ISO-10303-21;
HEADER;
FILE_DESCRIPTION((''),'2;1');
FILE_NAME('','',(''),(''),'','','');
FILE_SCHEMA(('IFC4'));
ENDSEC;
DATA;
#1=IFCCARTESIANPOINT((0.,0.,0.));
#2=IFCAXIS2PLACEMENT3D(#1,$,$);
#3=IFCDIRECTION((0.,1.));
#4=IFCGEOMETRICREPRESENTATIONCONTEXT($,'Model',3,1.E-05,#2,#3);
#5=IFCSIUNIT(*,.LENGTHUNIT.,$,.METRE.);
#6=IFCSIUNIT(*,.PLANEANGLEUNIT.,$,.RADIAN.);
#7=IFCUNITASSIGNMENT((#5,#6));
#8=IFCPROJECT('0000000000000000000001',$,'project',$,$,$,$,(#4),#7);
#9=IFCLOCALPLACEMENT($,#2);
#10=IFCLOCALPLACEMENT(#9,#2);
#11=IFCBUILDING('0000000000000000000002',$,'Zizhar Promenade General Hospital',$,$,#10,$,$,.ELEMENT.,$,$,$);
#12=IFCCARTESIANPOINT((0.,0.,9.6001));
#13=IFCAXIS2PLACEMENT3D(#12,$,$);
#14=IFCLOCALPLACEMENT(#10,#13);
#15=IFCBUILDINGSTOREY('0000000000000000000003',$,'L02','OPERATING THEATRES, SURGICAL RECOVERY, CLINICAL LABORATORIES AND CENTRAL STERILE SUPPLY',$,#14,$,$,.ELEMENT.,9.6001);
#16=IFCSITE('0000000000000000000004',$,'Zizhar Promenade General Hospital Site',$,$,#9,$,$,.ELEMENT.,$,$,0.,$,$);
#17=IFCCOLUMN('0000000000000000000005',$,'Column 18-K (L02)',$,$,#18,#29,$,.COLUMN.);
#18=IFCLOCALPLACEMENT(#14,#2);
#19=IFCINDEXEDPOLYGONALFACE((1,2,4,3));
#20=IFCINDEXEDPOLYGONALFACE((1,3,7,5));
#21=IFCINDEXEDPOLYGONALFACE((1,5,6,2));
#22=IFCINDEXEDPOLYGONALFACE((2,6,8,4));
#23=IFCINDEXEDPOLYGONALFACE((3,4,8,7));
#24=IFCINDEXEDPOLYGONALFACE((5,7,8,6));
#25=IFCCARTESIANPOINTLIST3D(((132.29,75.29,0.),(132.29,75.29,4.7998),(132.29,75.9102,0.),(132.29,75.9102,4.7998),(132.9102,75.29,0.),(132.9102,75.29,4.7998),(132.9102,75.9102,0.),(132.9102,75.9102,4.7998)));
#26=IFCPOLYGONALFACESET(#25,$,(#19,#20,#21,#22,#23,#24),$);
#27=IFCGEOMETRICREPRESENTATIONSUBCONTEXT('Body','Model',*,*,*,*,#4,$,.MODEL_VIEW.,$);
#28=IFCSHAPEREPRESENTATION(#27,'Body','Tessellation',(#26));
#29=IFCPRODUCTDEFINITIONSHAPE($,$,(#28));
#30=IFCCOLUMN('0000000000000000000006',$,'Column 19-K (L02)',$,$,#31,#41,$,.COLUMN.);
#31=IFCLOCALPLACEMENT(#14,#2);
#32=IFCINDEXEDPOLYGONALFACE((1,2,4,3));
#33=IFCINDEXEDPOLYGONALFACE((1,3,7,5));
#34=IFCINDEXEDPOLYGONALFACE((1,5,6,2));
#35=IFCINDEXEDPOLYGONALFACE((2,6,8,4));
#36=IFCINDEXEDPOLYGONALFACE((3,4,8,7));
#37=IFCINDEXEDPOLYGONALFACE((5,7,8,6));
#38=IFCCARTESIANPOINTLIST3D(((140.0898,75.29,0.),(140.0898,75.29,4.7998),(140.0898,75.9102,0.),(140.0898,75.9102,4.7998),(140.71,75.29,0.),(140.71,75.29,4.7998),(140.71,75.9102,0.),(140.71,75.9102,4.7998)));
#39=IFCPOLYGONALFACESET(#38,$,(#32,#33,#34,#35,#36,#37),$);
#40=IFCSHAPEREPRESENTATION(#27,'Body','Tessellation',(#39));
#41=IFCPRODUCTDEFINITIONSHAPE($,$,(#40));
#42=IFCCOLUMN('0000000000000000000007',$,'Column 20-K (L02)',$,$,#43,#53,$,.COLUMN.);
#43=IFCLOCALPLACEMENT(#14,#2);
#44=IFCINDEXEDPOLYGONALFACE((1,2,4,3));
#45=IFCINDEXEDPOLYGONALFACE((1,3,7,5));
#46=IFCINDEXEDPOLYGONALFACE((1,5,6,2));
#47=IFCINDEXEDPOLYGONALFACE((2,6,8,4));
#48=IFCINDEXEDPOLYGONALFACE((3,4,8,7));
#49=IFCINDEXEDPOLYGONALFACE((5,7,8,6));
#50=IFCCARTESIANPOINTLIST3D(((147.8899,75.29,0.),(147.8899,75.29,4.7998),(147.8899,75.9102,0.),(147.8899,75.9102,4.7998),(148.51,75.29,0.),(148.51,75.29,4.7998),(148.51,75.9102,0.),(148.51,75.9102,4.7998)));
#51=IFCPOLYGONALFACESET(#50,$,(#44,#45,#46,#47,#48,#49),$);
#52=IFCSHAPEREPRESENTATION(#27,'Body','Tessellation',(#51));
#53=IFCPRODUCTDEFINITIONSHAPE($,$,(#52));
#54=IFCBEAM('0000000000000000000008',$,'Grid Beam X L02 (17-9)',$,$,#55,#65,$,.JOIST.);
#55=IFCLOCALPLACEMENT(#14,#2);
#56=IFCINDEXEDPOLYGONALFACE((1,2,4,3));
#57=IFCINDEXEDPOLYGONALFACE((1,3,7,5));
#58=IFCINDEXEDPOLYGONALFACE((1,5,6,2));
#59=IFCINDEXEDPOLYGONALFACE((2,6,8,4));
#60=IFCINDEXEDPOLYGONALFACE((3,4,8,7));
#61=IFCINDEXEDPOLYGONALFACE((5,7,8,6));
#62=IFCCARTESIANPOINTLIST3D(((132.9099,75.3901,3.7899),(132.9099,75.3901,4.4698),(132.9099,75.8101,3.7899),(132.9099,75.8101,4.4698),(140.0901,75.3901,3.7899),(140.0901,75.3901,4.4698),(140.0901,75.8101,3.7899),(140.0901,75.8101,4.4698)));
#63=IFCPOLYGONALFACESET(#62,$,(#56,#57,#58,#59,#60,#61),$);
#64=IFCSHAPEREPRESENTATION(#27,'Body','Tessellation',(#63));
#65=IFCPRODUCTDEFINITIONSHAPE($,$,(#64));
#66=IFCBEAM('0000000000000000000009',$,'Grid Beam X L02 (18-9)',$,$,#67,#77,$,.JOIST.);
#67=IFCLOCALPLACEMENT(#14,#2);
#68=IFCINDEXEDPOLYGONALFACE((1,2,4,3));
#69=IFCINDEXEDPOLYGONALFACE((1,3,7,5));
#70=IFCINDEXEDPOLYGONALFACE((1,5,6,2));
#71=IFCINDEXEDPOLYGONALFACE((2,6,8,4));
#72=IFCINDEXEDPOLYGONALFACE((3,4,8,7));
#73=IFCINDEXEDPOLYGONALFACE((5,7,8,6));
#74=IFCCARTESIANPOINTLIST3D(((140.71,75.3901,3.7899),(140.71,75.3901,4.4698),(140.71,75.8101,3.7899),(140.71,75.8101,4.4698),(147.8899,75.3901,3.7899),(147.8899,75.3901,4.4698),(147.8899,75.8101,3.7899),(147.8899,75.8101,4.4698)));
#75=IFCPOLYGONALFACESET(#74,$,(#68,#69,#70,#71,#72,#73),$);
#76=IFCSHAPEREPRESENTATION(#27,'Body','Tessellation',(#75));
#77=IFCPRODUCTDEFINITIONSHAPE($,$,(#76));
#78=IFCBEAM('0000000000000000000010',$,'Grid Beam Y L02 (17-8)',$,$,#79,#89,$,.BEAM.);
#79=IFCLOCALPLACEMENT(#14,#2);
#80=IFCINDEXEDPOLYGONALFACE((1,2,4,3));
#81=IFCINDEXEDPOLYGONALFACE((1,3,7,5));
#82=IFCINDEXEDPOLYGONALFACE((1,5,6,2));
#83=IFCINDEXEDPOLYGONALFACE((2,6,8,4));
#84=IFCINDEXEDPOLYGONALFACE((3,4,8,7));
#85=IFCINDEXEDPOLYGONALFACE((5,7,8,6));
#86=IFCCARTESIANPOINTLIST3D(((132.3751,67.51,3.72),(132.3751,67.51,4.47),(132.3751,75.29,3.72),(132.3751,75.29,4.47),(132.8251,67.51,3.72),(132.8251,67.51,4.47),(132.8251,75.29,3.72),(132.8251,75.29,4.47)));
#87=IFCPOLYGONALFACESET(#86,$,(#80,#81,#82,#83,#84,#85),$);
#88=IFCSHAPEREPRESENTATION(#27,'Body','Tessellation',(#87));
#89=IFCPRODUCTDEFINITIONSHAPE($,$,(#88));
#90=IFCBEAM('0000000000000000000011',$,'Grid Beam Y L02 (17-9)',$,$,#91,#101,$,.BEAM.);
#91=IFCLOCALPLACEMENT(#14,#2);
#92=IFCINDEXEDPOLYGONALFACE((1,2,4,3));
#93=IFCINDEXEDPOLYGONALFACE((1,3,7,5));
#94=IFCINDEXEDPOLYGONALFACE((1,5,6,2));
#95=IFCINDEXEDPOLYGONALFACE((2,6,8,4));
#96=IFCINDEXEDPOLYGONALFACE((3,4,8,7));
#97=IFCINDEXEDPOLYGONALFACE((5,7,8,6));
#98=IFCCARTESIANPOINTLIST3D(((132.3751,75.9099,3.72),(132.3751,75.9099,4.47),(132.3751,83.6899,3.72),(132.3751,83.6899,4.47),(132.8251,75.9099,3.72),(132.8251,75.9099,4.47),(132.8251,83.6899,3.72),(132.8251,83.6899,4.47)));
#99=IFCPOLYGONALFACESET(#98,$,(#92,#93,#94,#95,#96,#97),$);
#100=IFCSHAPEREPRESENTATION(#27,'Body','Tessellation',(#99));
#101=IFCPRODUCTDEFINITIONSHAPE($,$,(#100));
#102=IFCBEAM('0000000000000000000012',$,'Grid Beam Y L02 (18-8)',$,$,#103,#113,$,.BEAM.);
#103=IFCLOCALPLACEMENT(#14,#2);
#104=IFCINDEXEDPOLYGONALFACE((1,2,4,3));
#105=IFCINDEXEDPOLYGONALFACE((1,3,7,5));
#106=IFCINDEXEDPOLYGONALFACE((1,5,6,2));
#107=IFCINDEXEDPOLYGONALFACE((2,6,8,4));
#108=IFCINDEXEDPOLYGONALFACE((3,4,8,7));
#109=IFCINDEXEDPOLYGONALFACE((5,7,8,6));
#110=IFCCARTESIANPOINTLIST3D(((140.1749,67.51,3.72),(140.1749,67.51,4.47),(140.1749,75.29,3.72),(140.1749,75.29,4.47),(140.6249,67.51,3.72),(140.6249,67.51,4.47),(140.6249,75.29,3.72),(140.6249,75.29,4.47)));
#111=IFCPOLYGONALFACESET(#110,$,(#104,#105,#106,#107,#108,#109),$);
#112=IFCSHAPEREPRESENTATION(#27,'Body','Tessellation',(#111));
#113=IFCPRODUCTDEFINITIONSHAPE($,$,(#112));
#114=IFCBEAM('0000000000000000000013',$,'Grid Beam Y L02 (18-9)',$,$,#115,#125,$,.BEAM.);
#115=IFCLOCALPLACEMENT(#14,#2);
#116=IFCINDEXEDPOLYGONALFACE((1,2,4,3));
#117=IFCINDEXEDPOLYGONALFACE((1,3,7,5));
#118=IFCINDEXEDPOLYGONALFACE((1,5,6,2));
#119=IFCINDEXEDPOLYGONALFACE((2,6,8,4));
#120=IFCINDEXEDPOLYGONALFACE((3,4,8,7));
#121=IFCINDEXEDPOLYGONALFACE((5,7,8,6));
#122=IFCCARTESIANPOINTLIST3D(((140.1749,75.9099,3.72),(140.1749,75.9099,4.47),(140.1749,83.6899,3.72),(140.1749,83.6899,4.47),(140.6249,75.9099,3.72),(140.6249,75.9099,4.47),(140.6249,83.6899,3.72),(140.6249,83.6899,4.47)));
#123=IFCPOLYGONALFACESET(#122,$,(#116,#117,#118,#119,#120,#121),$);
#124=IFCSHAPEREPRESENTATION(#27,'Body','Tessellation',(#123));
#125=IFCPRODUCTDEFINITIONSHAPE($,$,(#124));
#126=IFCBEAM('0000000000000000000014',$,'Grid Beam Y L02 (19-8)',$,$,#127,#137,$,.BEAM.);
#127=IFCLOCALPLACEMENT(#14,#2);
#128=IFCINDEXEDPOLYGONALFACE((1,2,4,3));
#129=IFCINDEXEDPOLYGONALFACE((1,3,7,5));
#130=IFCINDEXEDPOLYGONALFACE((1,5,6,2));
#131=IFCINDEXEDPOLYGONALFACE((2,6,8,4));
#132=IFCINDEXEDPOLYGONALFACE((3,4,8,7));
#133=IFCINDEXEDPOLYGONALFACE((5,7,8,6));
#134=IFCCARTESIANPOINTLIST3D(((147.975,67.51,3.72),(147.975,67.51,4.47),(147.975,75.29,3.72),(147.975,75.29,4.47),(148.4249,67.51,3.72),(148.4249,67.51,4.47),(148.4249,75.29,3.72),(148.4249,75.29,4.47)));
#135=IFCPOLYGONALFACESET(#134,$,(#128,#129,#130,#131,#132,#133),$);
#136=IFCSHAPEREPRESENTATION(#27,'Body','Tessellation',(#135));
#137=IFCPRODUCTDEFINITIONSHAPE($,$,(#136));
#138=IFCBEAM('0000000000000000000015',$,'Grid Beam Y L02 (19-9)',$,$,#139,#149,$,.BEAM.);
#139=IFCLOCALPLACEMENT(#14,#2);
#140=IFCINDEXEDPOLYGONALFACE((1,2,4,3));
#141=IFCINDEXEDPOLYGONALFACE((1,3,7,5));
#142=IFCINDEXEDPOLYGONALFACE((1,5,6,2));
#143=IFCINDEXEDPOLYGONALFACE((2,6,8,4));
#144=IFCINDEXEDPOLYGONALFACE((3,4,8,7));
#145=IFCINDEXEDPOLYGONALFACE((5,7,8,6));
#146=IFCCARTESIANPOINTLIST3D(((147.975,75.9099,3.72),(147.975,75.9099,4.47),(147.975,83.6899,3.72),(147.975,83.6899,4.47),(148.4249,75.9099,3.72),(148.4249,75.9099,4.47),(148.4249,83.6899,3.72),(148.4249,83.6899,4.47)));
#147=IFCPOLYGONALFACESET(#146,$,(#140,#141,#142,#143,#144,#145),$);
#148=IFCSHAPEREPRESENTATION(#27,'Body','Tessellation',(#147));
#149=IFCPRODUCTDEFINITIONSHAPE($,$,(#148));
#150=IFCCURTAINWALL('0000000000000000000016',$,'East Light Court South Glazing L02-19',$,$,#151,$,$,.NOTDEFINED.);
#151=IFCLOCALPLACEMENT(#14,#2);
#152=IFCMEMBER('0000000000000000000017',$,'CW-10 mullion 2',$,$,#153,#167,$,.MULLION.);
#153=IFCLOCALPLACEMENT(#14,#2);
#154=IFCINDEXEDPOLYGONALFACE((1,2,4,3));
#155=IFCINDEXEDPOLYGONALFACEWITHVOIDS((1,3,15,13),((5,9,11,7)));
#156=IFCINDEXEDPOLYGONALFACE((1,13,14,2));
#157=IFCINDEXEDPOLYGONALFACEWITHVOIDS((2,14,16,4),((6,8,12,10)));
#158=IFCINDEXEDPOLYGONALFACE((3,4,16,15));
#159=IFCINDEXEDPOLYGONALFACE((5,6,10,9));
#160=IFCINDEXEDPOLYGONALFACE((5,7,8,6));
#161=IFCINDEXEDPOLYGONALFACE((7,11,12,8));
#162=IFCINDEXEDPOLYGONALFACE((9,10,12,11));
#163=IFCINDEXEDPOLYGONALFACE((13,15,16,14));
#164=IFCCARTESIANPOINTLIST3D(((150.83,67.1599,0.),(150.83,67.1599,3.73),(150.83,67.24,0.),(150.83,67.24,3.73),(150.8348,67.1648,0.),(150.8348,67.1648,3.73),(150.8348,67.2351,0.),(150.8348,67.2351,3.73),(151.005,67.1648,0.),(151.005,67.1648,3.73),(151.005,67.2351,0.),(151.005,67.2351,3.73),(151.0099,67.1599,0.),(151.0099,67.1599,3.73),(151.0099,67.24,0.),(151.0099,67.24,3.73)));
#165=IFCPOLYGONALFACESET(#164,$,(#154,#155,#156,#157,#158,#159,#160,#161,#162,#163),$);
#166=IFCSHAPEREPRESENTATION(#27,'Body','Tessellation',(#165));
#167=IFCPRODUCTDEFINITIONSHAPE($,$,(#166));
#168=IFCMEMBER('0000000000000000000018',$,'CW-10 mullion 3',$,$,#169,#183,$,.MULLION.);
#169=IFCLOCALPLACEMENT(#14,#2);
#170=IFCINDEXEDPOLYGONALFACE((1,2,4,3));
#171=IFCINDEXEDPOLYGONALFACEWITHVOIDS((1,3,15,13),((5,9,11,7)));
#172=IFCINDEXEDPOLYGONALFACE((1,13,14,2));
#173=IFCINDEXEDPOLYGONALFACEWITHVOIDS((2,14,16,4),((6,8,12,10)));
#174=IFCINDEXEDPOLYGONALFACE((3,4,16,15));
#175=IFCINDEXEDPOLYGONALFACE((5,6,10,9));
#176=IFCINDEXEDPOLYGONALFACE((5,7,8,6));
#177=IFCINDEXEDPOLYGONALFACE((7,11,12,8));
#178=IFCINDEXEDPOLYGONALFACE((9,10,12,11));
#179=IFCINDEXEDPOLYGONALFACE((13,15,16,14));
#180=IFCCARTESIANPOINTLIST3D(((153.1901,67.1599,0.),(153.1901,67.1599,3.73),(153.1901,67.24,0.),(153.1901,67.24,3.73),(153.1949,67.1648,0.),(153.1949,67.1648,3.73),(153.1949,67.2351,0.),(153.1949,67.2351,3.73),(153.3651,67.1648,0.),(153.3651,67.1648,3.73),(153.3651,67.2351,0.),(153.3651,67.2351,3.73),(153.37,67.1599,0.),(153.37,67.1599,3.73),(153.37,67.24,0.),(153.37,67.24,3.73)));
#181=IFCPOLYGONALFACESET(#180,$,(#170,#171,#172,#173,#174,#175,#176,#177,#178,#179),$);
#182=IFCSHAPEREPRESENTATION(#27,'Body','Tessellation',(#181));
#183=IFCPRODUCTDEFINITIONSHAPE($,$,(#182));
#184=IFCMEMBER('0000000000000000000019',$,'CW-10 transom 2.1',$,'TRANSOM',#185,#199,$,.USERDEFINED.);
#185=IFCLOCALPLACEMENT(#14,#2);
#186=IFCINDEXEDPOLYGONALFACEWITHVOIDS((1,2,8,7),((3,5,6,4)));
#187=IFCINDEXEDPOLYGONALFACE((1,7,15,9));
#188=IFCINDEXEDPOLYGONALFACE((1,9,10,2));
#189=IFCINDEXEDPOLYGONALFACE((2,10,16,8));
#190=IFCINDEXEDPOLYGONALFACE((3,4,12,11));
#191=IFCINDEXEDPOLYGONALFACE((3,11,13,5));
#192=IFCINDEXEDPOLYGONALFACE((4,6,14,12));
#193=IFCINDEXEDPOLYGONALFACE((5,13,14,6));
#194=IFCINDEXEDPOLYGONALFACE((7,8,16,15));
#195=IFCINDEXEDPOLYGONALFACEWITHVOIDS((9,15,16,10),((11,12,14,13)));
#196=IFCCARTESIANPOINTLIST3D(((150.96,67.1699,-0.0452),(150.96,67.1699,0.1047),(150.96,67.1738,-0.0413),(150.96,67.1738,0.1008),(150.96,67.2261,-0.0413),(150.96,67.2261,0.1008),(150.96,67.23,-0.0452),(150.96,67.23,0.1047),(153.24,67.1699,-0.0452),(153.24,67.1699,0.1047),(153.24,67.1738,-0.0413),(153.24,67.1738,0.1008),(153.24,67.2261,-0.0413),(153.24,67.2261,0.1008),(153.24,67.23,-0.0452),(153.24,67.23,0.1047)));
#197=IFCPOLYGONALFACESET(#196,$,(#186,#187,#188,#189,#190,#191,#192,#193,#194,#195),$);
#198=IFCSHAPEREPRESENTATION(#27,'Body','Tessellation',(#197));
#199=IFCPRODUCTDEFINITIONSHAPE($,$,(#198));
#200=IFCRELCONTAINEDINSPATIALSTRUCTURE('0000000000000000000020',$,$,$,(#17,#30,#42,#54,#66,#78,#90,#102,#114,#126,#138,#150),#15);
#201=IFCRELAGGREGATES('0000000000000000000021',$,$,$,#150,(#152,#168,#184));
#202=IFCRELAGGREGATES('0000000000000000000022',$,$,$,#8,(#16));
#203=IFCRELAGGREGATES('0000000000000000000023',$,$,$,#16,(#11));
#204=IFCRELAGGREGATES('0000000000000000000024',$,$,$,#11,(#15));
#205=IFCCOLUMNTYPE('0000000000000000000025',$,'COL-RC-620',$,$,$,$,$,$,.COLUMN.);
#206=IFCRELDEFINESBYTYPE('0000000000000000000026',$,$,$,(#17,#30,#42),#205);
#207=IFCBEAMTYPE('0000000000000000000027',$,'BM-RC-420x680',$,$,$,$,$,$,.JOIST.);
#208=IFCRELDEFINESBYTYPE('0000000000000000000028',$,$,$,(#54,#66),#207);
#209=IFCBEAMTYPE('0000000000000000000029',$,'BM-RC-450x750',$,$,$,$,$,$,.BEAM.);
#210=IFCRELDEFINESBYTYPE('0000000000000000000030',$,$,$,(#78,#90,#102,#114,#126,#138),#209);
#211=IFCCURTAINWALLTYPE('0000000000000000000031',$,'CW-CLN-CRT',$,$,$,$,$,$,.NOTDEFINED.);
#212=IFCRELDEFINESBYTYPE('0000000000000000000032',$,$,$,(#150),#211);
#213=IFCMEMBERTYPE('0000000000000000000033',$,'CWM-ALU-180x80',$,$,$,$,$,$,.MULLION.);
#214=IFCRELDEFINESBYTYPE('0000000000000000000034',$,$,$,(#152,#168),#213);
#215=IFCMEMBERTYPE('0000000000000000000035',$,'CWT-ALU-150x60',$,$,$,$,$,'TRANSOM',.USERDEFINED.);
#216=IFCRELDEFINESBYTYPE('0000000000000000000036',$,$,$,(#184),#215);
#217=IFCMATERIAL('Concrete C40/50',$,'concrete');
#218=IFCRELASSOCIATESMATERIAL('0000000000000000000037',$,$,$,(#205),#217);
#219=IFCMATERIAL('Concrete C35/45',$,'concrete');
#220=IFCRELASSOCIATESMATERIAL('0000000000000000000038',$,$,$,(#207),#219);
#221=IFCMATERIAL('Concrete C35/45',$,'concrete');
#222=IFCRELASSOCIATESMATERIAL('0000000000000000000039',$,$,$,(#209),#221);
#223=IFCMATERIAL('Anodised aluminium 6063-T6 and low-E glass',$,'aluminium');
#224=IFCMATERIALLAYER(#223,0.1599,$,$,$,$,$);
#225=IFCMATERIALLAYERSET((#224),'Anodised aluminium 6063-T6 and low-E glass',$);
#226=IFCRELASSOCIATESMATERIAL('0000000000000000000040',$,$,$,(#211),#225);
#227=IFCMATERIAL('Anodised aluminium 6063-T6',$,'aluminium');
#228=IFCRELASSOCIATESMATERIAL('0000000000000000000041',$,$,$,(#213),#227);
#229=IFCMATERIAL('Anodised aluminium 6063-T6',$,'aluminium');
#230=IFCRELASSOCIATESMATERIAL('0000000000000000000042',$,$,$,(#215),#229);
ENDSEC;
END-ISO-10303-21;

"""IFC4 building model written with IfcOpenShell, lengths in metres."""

from ifc_helpers import new_model, si_unit, direction, frame, origin, origin_2d, place, context, subcontext, project, spatial, rectangle, hollow_rectangle, extrude, material, layer, layer_set, material_profile, profile_set, type_object, element, aggregate, save


model = new_model("IFC4")

# Units and contexts
model_context = context("Model", 3, precision=1e-05, world=origin(), true_north=direction((0.0, 1.0)))
body_context = subcontext(model_context, "Body", "Model", "MODEL_VIEW")
ifc_project = project(units=[si_unit("LENGTHUNIT", "METRE"), si_unit("PLANEANGLEUNIT", "RADIAN")], contexts=[model_context])

# Site, building, storey
site_placement = place(None, origin())
site = spatial("IfcSite", under=ifc_project, at=site_placement, Name="Zizhar Promenade General Hospital Site", CompositionType="ELEMENT", RefElevation=0.0)
building_placement = place(site_placement, origin())
building = spatial("IfcBuilding", under=site, at=building_placement, Name="Zizhar Promenade General Hospital", CompositionType="ELEMENT")
storey_placement = place(building_placement, frame((0.0, 0.0, 9.6001)))
storey = spatial("IfcBuildingStorey", under=building, at=storey_placement, Name="L02", Description="OPERATING THEATRES, SURGICAL RECOVERY, CLINICAL LABORATORIES AND CENTRAL STERILE SUPPLY", CompositionType="ELEMENT", Elevation=9.6001)

# Columns
ifc_material_1 = material(Name="Concrete C40/50", Category="concrete")
ifc_material_profile_1 = material_profile(ifc_material_1, rectangle(XDim=0.6201, YDim=0.6201, at=origin_2d()))
ifc_profile_set_1 = profile_set([ifc_material_profile_1], Name="Concrete C40/50")
column_type = type_object("IfcColumnType", Name="COL-RC-620", PredefinedType="COLUMN", material=ifc_profile_set_1)
for number, where, z_axis, x_axis, name in (
    (1, (132.6001, 75.6001, 0.0), (0.0, 0.0, 1.0), (1.0, 0.0, 0.0), "Column 18-K (L02)"),
    (2, (140.3999, 75.6001, 0.0), (0.0, 0.0, 1.0), (1.0, 0.0, 0.0), "Column 19-K (L02)"),
    (3, (148.2, 75.6001, 0.0), (0.0, 0.0, 1.0), (1.0, 0.0, 0.0), "Column 20-K (L02)"),
):
    element("IfcColumn", number, at=place(storey_placement, frame(where, z_axis=z_axis, x_axis=x_axis)), inside=storey, type_object=column_type, Name=name, PredefinedType="COLUMN", context=body_context, shape_type="SweptSolid", body=[
        extrude(rectangle(XDim=0.6201, YDim=0.6201, at=origin_2d()), origin(), (0.0, 0.0, 1.0), 4.7998),
    ])

# Beams
ifc_material_2 = material(Name="Concrete C35/45", Category="concrete")
ifc_material_profile_2 = material_profile(ifc_material_2, rectangle(XDim=0.4199, YDim=0.6799, at=origin_2d()))
ifc_profile_set_2 = profile_set([ifc_material_profile_2], Name="Concrete C35/45")
beam_type_1 = type_object("IfcBeamType", Name="BM-RC-420x680", PredefinedType="JOIST", material=ifc_profile_set_2)
beam_1_placement = place(storey_placement, frame((132.9099, 75.6001, 4.1299), z_axis=(1.0, 0.0, 0.0), x_axis=(0.0, 1.0, 0.0)))
element("IfcBeam", 4, at=beam_1_placement, inside=storey, type_object=beam_type_1, Name="Grid Beam X L02 (17-9)", PredefinedType="JOIST", context=body_context, shape_type="SweptSolid", body=[
    extrude(rectangle(XDim=0.4199, YDim=0.6799, at=origin_2d()), origin(), (0.0, 0.0, 1.0), 7.1802),
])
beam_2_placement = place(storey_placement, frame((140.71, 75.6001, 4.1299), z_axis=(1.0, 0.0, 0.0), x_axis=(0.0, 1.0, 0.0)))
element("IfcBeam", 5, at=beam_2_placement, inside=storey, type_object=beam_type_1, Name="Grid Beam X L02 (18-9)", PredefinedType="JOIST", context=body_context, shape_type="SweptSolid", body=[
    extrude(rectangle(XDim=0.4199, YDim=0.6799, at=origin_2d()), origin(), (0.0, 0.0, 1.0), 7.1799),
])
ifc_material_3 = material(Name="Concrete C35/45", Category="concrete")
ifc_material_profile_3 = material_profile(ifc_material_3, rectangle(XDim=0.45, YDim=0.75, at=origin_2d()))
ifc_profile_set_3 = profile_set([ifc_material_profile_3], Name="Concrete C35/45")
beam_type_2 = type_object("IfcBeamType", Name="BM-RC-450x750", PredefinedType="BEAM", material=ifc_profile_set_3)
for number, where, z_axis, x_axis, name in (
    (6, (132.6001, 67.51, 4.095), (0.0, 1.0, 0.0), (-1.0, 0.0, 0.0), "Grid Beam Y L02 (17-8)"),
    (7, (132.6001, 75.9099, 4.095), (0.0, 1.0, 0.0), (-1.0, 0.0, 0.0), "Grid Beam Y L02 (17-9)"),
    (8, (140.3999, 67.51, 4.095), (0.0, 1.0, 0.0), (-1.0, 0.0, 0.0), "Grid Beam Y L02 (18-8)"),
    (9, (140.3999, 75.9099, 4.095), (0.0, 1.0, 0.0), (-1.0, 0.0, 0.0), "Grid Beam Y L02 (18-9)"),
    (10, (148.2, 67.51, 4.095), (0.0, 1.0, 0.0), (-1.0, 0.0, 0.0), "Grid Beam Y L02 (19-8)"),
    (11, (148.2, 75.9099, 4.095), (0.0, 1.0, 0.0), (-1.0, 0.0, 0.0), "Grid Beam Y L02 (19-9)"),
):
    element("IfcBeam", number, at=place(storey_placement, frame(where, z_axis=z_axis, x_axis=x_axis)), inside=storey, type_object=beam_type_2, Name=name, PredefinedType="BEAM", context=body_context, shape_type="SweptSolid", body=[
        extrude(rectangle(XDim=0.45, YDim=0.75, at=origin_2d()), origin(), (0.0, 0.0, 1.0), 7.78),
    ])

# Curtain wall, members
ifc_material_4 = material(Name="Anodised aluminium 6063-T6 and low-E glass", Category="aluminium")
ifc_layer_1 = layer(ifc_material_4, 0.1599)
ifc_layer_set_1 = layer_set([ifc_layer_1], Name="Anodised aluminium 6063-T6 and low-E glass")
curtain_wall_type = type_object("IfcCurtainWallType", Name="CW-CLN-CRT", PredefinedType="NOTDEFINED", material=ifc_layer_set_1)
curtain_wall_placement = place(storey_placement, origin())
curtain_wall = element("IfcCurtainWall", 12, at=curtain_wall_placement, inside=storey, type_object=curtain_wall_type, Name="East Light Court South Glazing L02-19", PredefinedType="NOTDEFINED")
ifc_material_5 = material(Name="Anodised aluminium 6063-T6", Category="aluminium")
ifc_material_profile_4 = material_profile(ifc_material_5, hollow_rectangle(XDim=0.0801, YDim=0.1799, WallThickness=0.0049, at=origin_2d()))
ifc_profile_set_4 = profile_set([ifc_material_profile_4], Name="Anodised aluminium 6063-T6")
member_type_1 = type_object("IfcMemberType", Name="CWM-ALU-180x80", PredefinedType="MULLION", material=ifc_profile_set_4)
member_1_placement = place(storey_placement, frame((150.9199, 67.2, 0.0), z_axis=(0.0, 0.0, 1.0), x_axis=(0.0, 1.0, 0.0)))
member_1 = element("IfcMember", 13, at=member_1_placement, type_object=member_type_1, Name="CW-10 mullion 2", PredefinedType="MULLION", context=body_context, shape_type="SweptSolid", body=[
    extrude(hollow_rectangle(XDim=0.0801, YDim=0.1799, WallThickness=0.0049, at=origin_2d()), origin(), (0.0, 0.0, 1.0), 3.73),
])
member_2_placement = place(storey_placement, frame((153.28, 67.2, 0.0), z_axis=(0.0, 0.0, 1.0), x_axis=(0.0, 1.0, 0.0)))
member_2 = element("IfcMember", 14, at=member_2_placement, type_object=member_type_1, Name="CW-10 mullion 3", PredefinedType="MULLION", context=body_context, shape_type="SweptSolid", body=[
    extrude(hollow_rectangle(XDim=0.0801, YDim=0.1799, WallThickness=0.0049, at=origin_2d()), origin(), (0.0, 0.0, 1.0), 3.73),
])
ifc_material_6 = material(Name="Anodised aluminium 6063-T6", Category="aluminium")
ifc_material_profile_5 = material_profile(ifc_material_6, hollow_rectangle(XDim=0.0601, YDim=0.1499, WallThickness=0.0039, at=origin_2d()))
ifc_profile_set_5 = profile_set([ifc_material_profile_5], Name="Anodised aluminium 6063-T6")
member_type_2 = type_object("IfcMemberType", Name="CWT-ALU-150x60", ElementType="TRANSOM", PredefinedType="USERDEFINED", material=ifc_profile_set_5)
member_3_placement = place(storey_placement, frame((150.96, 67.2, 0.0298), z_axis=(1.0, 0.0, 0.0), x_axis=(0.0, 1.0, 0.0)))
member_3 = element("IfcMember", 15, at=member_3_placement, type_object=member_type_2, Name="CW-10 transom 2.1", ObjectType="TRANSOM", PredefinedType="USERDEFINED", context=body_context, shape_type="SweptSolid", body=[
    extrude(hollow_rectangle(XDim=0.0601, YDim=0.1499, WallThickness=0.0039, at=origin_2d()), origin(), (0.0, 0.0, 1.0), 2.28),
])
aggregate(curtain_wall, [member_1, member_2, member_3])

save(model, "model.ifc")
